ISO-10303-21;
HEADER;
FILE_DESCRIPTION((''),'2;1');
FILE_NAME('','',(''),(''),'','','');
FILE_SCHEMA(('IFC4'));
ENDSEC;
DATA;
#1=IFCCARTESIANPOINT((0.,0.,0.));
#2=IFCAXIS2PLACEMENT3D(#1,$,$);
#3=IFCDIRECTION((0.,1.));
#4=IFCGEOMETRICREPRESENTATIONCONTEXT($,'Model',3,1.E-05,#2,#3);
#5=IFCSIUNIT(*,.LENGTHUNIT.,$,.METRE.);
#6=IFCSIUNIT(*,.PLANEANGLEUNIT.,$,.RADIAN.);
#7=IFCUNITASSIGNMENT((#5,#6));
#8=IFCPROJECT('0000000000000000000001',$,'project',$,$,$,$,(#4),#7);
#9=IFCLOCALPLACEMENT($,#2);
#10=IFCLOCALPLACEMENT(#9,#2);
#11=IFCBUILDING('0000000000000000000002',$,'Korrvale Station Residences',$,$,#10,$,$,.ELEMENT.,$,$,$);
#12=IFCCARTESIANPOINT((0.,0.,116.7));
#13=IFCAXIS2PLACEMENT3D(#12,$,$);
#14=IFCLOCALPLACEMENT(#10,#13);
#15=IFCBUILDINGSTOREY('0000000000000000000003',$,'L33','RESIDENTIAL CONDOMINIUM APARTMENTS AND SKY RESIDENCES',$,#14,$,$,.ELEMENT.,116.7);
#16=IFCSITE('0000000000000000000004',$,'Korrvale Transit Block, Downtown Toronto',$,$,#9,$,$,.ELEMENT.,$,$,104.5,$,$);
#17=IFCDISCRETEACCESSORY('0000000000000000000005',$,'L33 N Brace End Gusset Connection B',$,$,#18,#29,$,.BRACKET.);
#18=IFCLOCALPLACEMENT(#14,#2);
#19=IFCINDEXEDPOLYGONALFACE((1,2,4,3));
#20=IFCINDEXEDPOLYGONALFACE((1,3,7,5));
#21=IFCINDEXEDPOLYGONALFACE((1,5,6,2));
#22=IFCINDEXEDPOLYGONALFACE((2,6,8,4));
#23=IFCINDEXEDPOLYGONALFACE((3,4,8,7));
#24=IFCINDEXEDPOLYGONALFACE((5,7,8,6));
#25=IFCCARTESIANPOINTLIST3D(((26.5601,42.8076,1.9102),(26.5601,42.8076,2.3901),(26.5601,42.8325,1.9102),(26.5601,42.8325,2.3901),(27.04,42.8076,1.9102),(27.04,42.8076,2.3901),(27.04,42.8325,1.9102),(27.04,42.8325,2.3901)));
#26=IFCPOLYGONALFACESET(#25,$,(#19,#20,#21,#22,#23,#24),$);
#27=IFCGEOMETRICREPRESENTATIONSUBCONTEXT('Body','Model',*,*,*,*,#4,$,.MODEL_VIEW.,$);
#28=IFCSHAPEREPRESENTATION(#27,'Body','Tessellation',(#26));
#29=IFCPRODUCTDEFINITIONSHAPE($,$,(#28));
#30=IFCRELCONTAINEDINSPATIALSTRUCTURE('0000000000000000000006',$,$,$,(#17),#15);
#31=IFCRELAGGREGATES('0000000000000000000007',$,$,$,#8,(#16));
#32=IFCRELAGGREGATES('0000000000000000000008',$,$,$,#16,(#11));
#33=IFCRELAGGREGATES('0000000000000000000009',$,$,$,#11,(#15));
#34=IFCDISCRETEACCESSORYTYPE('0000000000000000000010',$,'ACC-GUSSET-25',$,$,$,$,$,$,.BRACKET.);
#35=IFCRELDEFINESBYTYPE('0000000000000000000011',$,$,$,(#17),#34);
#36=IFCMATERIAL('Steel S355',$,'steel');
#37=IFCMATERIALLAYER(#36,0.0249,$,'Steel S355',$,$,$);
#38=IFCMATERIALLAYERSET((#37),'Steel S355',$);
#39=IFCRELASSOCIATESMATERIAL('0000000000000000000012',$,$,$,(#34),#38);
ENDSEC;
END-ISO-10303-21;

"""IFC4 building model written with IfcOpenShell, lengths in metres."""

from ifc_helpers import new_model, si_unit, direction, frame, origin, origin_2d, place, context, subcontext, project, spatial, rectangle, extrude, material, layer, layer_set, type_object, element, save


model = new_model("IFC4")

# Units and contexts
model_context = context("Model", 3, precision=1e-05, world=origin(), true_north=direction((0.0, 1.0)))
body_context = subcontext(model_context, "Body", "Model", "MODEL_VIEW")
ifc_project = project(units=[si_unit("LENGTHUNIT", "METRE"), si_unit("PLANEANGLEUNIT", "RADIAN")], contexts=[model_context])

# Site, building, storey
site_placement = place(None, origin())
site = spatial("IfcSite", under=ifc_project, at=site_placement, Name="Korrvale Transit Block, Downtown Toronto", CompositionType="ELEMENT", RefElevation=104.5)
building_placement = place(site_placement, origin())
building = spatial("IfcBuilding", under=site, at=building_placement, Name="Korrvale Station Residences", CompositionType="ELEMENT")
storey_placement = place(building_placement, frame((0.0, 0.0, 116.7)))
storey = spatial("IfcBuildingStorey", under=building, at=storey_placement, Name="L33", Description="RESIDENTIAL CONDOMINIUM APARTMENTS AND SKY RESIDENCES", CompositionType="ELEMENT", Elevation=116.7)

# Shared definitions
ifc_material_1 = material(Name="Steel S355", Category="steel")

# Discrete accessory
ifc_layer_1 = layer(ifc_material_1, 0.0249, Name="Steel S355")
ifc_layer_set_1 = layer_set([ifc_layer_1], Name="Steel S355")
discrete_accessory_type = type_object("IfcDiscreteAccessoryType", Name="ACC-GUSSET-25", PredefinedType="BRACKET", material=ifc_layer_set_1)
for number, where, z_axis, x_axis, name in (
    (1, (26.8, 42.8201, 1.9102), (0.0, 0.0, 1.0), (1.0, 0.0, 0.0), "L33 N Brace End Gusset Connection B"),
):
    element("IfcDiscreteAccessory", number, at=place(storey_placement, frame(where, z_axis=z_axis, x_axis=x_axis)), inside=storey, type_object=discrete_accessory_type, Name=name, PredefinedType="BRACKET", context=body_context, shape_type="SweptSolid", body=[
        extrude(rectangle(XDim=0.48, YDim=0.0249, at=origin_2d()), origin(), (0.0, 0.0, 1.0), 0.48),
    ])

save(model, "model.ifc")
